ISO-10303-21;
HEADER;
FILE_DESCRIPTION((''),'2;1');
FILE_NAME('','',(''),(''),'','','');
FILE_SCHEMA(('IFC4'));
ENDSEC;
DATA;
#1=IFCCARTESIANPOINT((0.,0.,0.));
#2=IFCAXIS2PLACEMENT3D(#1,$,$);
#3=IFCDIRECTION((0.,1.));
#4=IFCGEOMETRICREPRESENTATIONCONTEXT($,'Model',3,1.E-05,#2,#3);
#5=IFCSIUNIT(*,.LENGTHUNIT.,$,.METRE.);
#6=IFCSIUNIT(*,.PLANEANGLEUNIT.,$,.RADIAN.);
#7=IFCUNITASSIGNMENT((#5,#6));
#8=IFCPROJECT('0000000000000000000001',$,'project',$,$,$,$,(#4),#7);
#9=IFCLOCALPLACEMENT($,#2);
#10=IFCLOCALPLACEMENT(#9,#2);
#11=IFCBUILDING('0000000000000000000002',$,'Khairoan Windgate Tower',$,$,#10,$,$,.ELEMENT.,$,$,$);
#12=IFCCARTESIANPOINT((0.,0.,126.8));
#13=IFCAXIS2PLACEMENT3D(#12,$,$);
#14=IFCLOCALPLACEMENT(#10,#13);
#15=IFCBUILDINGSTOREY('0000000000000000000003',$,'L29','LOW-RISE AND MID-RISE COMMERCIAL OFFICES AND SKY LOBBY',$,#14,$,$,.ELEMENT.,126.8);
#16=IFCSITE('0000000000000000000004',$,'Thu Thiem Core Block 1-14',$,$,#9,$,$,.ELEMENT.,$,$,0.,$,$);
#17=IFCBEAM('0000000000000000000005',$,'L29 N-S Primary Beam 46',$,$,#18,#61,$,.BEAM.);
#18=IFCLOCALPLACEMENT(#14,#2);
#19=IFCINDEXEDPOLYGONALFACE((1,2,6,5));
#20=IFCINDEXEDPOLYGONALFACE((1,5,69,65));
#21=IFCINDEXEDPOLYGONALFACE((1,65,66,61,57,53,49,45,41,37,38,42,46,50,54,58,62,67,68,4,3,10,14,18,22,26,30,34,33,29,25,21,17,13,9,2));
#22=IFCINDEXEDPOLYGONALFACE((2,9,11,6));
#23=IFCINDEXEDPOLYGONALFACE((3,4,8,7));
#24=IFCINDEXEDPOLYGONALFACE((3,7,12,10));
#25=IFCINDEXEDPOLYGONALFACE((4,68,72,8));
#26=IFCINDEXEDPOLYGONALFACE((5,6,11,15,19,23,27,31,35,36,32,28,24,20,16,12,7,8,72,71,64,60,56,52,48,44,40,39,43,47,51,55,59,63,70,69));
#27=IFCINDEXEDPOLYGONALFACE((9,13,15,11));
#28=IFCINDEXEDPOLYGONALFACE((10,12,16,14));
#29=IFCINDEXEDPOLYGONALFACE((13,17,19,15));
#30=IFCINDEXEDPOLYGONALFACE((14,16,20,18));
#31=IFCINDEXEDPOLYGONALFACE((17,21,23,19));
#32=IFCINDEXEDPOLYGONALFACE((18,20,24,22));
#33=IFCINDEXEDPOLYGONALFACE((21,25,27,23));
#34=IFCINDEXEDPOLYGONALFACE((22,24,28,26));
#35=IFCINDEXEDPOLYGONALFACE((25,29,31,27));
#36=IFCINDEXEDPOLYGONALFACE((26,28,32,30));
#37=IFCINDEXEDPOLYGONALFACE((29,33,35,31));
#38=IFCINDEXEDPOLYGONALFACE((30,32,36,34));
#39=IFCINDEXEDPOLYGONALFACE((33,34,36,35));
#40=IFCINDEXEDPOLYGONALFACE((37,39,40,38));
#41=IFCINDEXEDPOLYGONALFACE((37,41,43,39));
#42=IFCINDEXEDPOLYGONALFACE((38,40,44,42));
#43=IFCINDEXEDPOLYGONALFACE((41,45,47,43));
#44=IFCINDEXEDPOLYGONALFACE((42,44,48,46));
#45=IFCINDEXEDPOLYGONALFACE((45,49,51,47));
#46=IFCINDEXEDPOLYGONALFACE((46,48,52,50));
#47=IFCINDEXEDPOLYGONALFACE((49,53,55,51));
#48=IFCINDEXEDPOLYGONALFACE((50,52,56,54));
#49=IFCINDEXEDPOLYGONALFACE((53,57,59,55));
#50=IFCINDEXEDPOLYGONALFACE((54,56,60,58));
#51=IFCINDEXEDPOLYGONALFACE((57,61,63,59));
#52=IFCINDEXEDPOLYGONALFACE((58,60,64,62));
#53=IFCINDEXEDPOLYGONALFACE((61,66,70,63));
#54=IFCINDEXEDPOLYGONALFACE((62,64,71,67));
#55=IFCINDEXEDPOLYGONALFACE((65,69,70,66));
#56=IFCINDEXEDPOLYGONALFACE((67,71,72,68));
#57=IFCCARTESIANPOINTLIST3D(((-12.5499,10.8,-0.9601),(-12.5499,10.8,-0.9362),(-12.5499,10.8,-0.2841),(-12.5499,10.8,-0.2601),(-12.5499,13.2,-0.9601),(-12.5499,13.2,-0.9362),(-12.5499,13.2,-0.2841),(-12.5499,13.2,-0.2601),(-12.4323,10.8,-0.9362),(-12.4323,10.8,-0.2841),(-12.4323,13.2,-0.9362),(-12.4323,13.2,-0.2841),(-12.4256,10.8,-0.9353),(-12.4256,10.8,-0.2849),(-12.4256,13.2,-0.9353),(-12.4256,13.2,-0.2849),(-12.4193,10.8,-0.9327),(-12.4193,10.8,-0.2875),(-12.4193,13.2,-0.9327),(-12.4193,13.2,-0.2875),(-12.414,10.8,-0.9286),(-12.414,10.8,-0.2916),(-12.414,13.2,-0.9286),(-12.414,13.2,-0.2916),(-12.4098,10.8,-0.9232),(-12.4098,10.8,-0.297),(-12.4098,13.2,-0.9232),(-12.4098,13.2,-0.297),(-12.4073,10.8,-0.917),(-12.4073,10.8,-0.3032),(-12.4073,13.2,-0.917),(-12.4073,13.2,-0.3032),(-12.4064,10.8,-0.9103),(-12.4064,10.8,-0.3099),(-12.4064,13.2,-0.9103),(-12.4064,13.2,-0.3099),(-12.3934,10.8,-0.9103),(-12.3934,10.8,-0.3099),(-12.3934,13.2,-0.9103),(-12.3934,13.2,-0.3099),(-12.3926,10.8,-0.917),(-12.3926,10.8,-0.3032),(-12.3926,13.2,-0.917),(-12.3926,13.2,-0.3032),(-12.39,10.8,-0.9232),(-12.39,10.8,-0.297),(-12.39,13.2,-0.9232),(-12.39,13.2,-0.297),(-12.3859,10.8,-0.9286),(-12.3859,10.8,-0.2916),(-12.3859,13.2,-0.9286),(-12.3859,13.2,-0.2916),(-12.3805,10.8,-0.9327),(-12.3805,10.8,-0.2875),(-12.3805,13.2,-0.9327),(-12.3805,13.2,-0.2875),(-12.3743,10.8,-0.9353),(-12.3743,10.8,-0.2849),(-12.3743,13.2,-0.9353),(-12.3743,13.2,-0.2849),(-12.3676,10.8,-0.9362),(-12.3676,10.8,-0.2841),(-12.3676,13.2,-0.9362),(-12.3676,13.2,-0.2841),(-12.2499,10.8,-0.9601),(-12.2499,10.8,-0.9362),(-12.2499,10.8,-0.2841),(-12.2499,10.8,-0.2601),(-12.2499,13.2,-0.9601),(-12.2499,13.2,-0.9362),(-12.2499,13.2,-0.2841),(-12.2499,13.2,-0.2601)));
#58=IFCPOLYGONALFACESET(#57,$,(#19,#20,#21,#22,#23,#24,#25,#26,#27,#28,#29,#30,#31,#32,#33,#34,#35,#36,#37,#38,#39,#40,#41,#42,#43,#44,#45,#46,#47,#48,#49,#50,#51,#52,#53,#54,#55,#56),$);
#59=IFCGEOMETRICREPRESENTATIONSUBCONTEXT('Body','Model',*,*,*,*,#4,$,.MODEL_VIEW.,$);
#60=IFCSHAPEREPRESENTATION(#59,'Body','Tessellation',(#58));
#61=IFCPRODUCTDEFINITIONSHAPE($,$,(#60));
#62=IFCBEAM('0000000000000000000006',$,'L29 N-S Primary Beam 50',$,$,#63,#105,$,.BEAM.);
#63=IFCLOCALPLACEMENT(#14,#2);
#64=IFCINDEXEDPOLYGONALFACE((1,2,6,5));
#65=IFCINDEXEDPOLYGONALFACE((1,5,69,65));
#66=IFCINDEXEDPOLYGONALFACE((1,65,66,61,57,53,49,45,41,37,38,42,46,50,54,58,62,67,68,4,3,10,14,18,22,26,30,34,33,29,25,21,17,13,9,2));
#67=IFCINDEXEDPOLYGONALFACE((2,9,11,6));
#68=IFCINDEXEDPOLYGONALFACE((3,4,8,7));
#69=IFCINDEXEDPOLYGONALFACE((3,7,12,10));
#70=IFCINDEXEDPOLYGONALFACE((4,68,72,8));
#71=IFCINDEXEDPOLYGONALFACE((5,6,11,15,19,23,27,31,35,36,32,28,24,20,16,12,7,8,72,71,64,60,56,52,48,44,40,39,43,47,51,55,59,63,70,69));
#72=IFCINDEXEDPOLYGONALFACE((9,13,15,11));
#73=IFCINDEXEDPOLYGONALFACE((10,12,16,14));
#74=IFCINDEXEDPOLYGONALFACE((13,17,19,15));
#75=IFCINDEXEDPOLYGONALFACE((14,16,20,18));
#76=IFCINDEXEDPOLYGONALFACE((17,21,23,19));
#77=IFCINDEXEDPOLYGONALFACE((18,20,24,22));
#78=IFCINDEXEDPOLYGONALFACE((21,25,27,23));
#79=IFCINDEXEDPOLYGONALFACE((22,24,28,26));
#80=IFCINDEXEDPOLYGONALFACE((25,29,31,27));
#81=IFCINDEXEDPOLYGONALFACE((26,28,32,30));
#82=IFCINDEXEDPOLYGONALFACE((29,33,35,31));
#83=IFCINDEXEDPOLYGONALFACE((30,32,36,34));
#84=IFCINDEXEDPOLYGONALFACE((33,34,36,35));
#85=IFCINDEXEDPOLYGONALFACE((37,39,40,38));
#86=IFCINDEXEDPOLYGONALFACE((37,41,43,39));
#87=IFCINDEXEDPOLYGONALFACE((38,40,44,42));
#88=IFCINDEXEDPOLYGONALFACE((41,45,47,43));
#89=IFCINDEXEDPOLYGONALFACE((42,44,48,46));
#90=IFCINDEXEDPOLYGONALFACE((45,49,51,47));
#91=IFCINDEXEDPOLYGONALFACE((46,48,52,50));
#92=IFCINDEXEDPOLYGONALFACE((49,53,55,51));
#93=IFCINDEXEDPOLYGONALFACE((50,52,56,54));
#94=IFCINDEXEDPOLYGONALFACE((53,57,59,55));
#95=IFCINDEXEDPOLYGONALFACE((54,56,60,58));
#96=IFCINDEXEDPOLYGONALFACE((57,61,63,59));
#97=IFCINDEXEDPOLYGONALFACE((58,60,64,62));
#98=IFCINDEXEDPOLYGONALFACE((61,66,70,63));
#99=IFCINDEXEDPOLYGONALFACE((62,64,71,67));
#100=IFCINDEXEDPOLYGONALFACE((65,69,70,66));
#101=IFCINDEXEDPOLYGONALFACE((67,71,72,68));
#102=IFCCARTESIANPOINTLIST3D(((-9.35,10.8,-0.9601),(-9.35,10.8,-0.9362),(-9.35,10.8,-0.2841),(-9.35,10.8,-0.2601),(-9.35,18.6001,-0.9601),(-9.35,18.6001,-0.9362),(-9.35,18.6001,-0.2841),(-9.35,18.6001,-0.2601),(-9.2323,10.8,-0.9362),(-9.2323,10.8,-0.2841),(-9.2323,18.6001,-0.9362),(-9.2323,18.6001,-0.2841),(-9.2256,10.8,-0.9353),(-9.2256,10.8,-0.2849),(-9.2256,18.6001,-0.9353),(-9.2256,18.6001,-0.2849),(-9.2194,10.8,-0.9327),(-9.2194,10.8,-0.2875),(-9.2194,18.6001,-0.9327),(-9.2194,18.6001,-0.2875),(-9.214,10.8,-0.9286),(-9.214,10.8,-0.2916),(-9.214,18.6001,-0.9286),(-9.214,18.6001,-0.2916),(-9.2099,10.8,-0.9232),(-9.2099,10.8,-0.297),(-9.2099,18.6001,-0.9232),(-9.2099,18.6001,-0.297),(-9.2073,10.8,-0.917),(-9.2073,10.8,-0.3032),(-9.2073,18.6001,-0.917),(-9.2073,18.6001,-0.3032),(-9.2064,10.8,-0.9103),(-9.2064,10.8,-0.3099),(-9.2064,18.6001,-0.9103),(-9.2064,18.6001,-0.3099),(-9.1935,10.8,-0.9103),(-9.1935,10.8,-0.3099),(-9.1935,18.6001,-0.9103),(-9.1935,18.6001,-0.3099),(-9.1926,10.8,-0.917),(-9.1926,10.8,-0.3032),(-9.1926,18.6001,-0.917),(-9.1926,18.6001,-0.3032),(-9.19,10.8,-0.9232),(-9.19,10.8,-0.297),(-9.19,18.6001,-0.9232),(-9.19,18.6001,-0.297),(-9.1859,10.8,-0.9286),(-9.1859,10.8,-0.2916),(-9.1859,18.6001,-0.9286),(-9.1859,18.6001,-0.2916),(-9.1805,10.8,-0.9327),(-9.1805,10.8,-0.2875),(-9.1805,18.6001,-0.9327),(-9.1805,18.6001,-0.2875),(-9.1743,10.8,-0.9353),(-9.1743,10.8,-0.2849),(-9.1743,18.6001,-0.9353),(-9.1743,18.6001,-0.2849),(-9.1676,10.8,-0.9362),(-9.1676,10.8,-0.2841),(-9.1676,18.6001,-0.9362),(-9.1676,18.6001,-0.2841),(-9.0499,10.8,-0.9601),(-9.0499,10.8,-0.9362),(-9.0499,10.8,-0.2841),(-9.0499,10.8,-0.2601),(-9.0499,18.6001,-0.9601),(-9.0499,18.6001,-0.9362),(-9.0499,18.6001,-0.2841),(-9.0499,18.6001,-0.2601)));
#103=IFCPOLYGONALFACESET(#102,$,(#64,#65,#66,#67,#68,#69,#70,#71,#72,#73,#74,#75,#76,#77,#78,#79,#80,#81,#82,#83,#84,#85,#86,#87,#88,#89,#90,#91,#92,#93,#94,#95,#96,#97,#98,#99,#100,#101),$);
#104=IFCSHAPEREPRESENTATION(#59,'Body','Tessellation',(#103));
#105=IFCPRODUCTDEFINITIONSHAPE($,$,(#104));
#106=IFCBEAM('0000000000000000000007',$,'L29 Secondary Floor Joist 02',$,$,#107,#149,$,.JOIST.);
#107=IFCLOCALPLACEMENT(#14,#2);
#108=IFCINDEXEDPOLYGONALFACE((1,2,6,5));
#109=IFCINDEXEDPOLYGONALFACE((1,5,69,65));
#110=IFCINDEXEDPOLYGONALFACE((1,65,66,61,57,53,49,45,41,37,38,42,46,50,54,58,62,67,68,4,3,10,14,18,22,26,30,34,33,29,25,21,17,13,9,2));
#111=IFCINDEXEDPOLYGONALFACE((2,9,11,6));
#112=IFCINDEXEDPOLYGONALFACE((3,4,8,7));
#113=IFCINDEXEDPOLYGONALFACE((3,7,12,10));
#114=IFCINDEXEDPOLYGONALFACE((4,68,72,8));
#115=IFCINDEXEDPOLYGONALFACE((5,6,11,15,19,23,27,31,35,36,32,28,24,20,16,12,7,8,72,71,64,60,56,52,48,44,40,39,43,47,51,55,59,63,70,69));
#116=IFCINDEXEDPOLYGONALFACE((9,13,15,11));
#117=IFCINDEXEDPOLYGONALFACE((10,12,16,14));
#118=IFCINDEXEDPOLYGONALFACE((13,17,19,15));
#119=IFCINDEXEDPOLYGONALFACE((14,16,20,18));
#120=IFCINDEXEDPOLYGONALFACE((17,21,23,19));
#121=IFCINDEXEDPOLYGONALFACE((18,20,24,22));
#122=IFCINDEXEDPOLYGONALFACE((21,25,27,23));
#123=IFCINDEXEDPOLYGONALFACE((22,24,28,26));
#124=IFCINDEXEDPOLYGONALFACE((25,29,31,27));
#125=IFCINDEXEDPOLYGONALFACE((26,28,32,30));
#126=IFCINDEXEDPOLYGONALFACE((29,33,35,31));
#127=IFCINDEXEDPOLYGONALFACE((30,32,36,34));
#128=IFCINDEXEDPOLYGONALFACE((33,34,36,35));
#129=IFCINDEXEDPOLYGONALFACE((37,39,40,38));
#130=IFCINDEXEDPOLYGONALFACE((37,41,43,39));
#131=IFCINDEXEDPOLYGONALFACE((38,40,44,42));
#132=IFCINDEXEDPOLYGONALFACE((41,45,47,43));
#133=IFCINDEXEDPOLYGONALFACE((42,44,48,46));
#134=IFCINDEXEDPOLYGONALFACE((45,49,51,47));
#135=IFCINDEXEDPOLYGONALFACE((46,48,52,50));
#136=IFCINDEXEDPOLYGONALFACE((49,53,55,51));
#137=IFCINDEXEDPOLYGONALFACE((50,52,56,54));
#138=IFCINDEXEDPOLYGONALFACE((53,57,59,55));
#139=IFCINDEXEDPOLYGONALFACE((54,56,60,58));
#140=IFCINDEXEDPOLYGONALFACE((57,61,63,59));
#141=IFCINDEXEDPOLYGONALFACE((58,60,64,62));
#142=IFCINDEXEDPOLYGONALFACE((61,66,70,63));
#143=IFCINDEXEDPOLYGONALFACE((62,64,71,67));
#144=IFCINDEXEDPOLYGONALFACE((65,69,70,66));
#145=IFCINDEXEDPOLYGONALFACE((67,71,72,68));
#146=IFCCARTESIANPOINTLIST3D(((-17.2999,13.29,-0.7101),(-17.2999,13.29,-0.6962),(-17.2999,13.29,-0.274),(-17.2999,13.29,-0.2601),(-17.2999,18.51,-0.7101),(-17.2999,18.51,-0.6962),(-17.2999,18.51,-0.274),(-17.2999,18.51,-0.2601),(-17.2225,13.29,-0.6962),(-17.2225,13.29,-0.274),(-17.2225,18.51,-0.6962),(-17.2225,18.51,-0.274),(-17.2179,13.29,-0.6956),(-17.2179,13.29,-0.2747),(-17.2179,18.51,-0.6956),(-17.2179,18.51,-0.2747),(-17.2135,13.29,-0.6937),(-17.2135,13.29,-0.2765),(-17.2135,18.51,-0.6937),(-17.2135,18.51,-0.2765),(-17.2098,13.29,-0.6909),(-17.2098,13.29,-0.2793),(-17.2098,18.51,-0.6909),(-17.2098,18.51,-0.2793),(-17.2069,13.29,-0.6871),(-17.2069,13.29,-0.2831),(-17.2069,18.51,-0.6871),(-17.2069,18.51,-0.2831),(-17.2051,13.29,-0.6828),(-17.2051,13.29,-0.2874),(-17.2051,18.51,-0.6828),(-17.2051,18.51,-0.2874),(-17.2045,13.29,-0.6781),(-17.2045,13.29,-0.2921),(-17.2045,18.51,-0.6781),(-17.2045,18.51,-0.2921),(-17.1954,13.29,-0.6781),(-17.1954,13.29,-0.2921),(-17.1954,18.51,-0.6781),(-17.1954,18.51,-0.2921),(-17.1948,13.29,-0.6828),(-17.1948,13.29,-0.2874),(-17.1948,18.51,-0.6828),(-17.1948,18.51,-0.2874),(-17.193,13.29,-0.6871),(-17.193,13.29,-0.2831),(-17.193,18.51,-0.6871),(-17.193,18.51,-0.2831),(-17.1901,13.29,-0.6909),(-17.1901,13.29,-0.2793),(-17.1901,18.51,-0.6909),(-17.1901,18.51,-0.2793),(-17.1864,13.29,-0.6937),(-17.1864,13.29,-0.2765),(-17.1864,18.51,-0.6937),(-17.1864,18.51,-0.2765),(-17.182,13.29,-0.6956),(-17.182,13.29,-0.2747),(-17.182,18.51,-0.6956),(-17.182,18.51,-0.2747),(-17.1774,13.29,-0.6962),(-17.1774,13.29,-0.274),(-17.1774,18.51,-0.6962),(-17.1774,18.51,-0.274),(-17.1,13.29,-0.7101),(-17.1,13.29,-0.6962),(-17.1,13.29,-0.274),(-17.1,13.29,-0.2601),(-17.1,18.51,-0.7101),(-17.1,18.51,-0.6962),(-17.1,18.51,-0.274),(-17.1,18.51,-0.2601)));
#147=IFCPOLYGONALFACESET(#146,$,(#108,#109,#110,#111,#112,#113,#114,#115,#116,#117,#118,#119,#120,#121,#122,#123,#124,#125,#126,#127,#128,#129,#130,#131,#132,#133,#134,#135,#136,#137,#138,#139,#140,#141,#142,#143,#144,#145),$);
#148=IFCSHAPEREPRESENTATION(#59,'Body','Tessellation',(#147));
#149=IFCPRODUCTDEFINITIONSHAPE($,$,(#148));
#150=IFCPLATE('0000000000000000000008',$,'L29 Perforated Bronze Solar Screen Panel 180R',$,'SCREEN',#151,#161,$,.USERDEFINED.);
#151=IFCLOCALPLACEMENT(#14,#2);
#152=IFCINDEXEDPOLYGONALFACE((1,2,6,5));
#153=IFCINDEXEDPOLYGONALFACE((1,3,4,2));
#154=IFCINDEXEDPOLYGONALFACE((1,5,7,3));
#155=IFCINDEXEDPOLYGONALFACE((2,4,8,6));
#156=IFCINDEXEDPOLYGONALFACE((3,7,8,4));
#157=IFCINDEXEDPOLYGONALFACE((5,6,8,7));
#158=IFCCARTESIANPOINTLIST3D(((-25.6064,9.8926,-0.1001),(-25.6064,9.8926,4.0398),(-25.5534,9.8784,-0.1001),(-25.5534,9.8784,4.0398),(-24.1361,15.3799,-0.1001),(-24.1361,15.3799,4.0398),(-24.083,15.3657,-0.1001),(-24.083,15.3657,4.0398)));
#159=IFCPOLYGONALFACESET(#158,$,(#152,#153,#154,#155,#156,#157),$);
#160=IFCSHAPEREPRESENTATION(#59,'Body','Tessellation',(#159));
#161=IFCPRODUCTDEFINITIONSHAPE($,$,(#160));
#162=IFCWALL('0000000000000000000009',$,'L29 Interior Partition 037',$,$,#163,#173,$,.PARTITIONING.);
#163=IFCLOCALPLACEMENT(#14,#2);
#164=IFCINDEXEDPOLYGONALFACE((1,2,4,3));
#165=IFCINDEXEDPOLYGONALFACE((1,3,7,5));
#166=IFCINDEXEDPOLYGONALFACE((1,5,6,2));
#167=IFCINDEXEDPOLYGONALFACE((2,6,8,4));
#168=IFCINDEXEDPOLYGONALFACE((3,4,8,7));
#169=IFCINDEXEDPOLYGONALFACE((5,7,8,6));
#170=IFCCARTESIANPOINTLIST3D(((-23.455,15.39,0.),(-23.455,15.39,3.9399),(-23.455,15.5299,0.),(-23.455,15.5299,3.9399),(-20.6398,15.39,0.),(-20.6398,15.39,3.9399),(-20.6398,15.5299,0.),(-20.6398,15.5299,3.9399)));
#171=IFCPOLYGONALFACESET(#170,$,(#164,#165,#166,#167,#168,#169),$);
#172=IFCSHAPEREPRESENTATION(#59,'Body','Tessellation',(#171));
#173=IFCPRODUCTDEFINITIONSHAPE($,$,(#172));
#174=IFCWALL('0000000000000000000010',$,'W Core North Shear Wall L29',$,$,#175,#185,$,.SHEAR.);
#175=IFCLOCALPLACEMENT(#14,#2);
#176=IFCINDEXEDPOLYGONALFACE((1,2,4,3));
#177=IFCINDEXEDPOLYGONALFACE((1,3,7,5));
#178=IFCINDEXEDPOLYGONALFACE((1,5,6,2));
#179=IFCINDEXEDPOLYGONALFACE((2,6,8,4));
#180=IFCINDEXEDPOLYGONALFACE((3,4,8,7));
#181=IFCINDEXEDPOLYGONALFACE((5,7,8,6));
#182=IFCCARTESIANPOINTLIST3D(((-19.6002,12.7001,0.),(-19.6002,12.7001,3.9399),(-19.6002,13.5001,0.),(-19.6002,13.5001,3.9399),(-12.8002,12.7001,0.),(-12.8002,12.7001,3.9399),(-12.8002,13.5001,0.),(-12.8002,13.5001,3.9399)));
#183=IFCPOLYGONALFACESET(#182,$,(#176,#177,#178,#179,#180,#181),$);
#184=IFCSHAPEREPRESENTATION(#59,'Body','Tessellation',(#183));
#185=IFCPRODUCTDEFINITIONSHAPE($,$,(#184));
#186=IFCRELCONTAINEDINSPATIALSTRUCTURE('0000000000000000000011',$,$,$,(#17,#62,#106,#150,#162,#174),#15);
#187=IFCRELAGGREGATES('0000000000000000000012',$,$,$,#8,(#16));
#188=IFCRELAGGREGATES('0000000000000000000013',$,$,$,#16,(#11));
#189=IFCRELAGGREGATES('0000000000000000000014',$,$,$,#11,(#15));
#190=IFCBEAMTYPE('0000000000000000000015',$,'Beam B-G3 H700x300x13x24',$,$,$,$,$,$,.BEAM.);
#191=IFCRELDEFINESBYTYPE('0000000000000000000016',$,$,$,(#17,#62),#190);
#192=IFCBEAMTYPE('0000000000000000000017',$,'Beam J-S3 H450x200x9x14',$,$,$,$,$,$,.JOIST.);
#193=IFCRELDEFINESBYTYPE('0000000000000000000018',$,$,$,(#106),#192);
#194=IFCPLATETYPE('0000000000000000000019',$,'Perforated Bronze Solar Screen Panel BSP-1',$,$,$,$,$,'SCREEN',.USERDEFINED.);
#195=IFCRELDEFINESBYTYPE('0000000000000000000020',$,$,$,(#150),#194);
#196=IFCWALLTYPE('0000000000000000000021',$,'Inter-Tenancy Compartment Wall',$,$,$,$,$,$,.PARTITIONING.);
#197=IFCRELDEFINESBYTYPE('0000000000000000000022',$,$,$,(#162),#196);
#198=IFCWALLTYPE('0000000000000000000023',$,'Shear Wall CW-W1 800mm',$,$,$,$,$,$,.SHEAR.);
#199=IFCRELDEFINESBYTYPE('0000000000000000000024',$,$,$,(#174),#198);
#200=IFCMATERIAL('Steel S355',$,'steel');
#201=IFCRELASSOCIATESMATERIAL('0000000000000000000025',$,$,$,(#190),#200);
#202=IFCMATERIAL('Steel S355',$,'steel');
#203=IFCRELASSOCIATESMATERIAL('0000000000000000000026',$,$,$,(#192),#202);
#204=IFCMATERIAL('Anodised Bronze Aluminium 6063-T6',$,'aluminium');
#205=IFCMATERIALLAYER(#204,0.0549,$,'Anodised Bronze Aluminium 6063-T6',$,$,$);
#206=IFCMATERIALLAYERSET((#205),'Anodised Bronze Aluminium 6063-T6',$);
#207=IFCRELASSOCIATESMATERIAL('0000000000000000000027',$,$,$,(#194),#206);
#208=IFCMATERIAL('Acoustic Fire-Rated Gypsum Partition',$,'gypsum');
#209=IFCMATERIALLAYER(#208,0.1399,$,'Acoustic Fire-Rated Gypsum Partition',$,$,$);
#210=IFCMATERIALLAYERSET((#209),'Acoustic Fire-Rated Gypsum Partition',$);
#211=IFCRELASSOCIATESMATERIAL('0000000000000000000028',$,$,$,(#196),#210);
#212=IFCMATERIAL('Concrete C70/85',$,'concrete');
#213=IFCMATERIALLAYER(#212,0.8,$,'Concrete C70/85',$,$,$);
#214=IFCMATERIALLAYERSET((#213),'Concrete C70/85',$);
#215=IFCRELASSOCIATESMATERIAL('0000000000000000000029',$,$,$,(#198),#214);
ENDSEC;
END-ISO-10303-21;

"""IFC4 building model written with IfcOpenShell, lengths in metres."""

from ifc_helpers import new_model, si_unit, direction, frame, frame_2d, origin, origin_2d, place, context, subcontext, project, spatial, rectangle, i_section, extrude, material, layer, layer_set, material_profile, profile_set, type_object, element, save


model = new_model("IFC4")

# Units and contexts
model_context = context("Model", 3, precision=1e-05, world=origin(), true_north=direction((0.0, 1.0)))
body_context = subcontext(model_context, "Body", "Model", "MODEL_VIEW")
ifc_project = project(units=[si_unit("LENGTHUNIT", "METRE"), si_unit("PLANEANGLEUNIT", "RADIAN")], contexts=[model_context])

# Site, building, storey
site_placement = place(None, origin())
site = spatial("IfcSite", under=ifc_project, at=site_placement, Name="Thu Thiem Core Block 1-14", CompositionType="ELEMENT", RefElevation=0.0)
building_placement = place(site_placement, origin())
building = spatial("IfcBuilding", under=site, at=building_placement, Name="Khairoan Windgate Tower", CompositionType="ELEMENT")
storey_placement = place(building_placement, frame((0.0, 0.0, 126.8)))
storey = spatial("IfcBuildingStorey", under=building, at=storey_placement, Name="L29", Description="LOW-RISE AND MID-RISE COMMERCIAL OFFICES AND SKY LOBBY", CompositionType="ELEMENT", Elevation=126.8)

# Beams
ifc_material_1 = material(Name="Steel S355", Category="steel")
ifc_material_profile_1 = material_profile(ifc_material_1, i_section(OverallWidth=0.3, OverallDepth=0.7, WebThickness=0.0129, FlangeThickness=0.0239, FilletRadius=0.0259, at=origin_2d()))
ifc_profile_set_1 = profile_set([ifc_material_profile_1], Name="Steel S355")
beam_type_1 = type_object("IfcBeamType", Name="Beam B-G3 H700x300x13x24", PredefinedType="BEAM", material=ifc_profile_set_1)
beam_1_placement = place(storey_placement, frame((-12.3999, 10.8, -0.6101), z_axis=(0.0, 1.0, 0.0), x_axis=(-1.0, 0.0, 0.0)))
element("IfcBeam", 1, at=beam_1_placement, inside=storey, type_object=beam_type_1, Name="L29 N-S Primary Beam 46", PredefinedType="BEAM", context=body_context, shape_type="SweptSolid", body=[
    extrude(i_section(OverallWidth=0.3, OverallDepth=0.7, WebThickness=0.0129, FlangeThickness=0.0239, FilletRadius=0.0259, at=origin_2d()), origin(), (0.0, 0.0, 1.0), 2.3999),
])
beam_2_placement = place(storey_placement, frame((-9.2, 10.8, -0.6101), z_axis=(0.0, 1.0, 0.0), x_axis=(-1.0, 0.0, 0.0)))
element("IfcBeam", 2, at=beam_2_placement, inside=storey, type_object=beam_type_1, Name="L29 N-S Primary Beam 50", PredefinedType="BEAM", context=body_context, shape_type="SweptSolid", body=[
    extrude(i_section(OverallWidth=0.3, OverallDepth=0.7, WebThickness=0.0129, FlangeThickness=0.0239, FilletRadius=0.0259, at=origin_2d()), origin(), (0.0, 0.0, 1.0), 7.8),
])
ifc_material_2 = material(Name="Steel S355", Category="steel")
ifc_material_profile_2 = material_profile(ifc_material_2, i_section(OverallWidth=0.2, OverallDepth=0.45, WebThickness=0.009, FlangeThickness=0.0139, FilletRadius=0.0181, at=origin_2d()))
ifc_profile_set_2 = profile_set([ifc_material_profile_2], Name="Steel S355")
beam_type_2 = type_object("IfcBeamType", Name="Beam J-S3 H450x200x9x14", PredefinedType="JOIST", material=ifc_profile_set_2)
beam_3_placement = place(storey_placement, frame((-17.2, 13.29, -0.4851), z_axis=(0.0, 1.0, 0.0), x_axis=(-1.0, 0.0, 0.0)))
element("IfcBeam", 3, at=beam_3_placement, inside=storey, type_object=beam_type_2, Name="L29 Secondary Floor Joist 02", PredefinedType="JOIST", context=body_context, shape_type="SweptSolid", body=[
    extrude(i_section(OverallWidth=0.2, OverallDepth=0.45, WebThickness=0.009, FlangeThickness=0.0139, FilletRadius=0.0181, at=origin_2d()), origin(), (0.0, 0.0, 1.0), 5.22),
])

# Plate
ifc_material_3 = material(Name="Anodised Bronze Aluminium 6063-T6", Category="aluminium")
ifc_layer_1 = layer(ifc_material_3, 0.0549, Name="Anodised Bronze Aluminium 6063-T6")
ifc_layer_set_1 = layer_set([ifc_layer_1], Name="Anodised Bronze Aluminium 6063-T6")
plate_type = type_object("IfcPlateType", Name="Perforated Bronze Solar Screen Panel BSP-1", ElementType="SCREEN", PredefinedType="USERDEFINED", material=ifc_layer_set_1)
plate_placement = place(storey_placement, frame((-24.8447, 12.6292, -0.1001), z_axis=(0.0, 0.0, 1.0), x_axis=(0.258819, 0.965926, 0.0)))
element("IfcPlate", 4, at=plate_placement, inside=storey, type_object=plate_type, Name="L29 Perforated Bronze Solar Screen Panel 180R", ObjectType="SCREEN", PredefinedType="USERDEFINED", context=body_context, shape_type="SweptSolid", body=[
    extrude(rectangle(XDim=5.6809, YDim=0.0549, at=origin_2d()), origin(), (0.0, 0.0, 1.0), 4.1399),
])

# Wall
ifc_material_4 = material(Name="Acoustic Fire-Rated Gypsum Partition", Category="gypsum")
ifc_layer_2 = layer(ifc_material_4, 0.1399, Name="Acoustic Fire-Rated Gypsum Partition")
ifc_layer_set_2 = layer_set([ifc_layer_2], Name="Acoustic Fire-Rated Gypsum Partition")
wall_type_1 = type_object("IfcWallType", Name="Inter-Tenancy Compartment Wall", PredefinedType="PARTITIONING", material=ifc_layer_set_2)
wall_1_placement = place(storey_placement, frame((-23.4551, 15.46, 0.0), z_axis=(0.0, 0.0, 1.0), x_axis=(1.0, 0.0, 0.0)))
element("IfcWall", 5, at=wall_1_placement, inside=storey, type_object=wall_type_1, Name="L29 Interior Partition 037", PredefinedType="PARTITIONING", context=body_context, shape_type="SweptSolid", body=[
    extrude(rectangle(XDim=2.8152, YDim=0.1399, at=frame_2d((1.4077, 0.0))), origin(), (0.0, 0.0, 1.0), 3.9399),
])

# Wall
ifc_material_5 = material(Name="Concrete C70/85", Category="concrete")
ifc_layer_3 = layer(ifc_material_5, 0.8, Name="Concrete C70/85")
ifc_layer_set_3 = layer_set([ifc_layer_3], Name="Concrete C70/85")
wall_type_2 = type_object("IfcWallType", Name="Shear Wall CW-W1 800mm", PredefinedType="SHEAR", material=ifc_layer_set_3)
wall_2_placement = place(storey_placement, frame((-19.6001, 13.1001, 0.0), z_axis=(0.0, 0.0, 1.0), x_axis=(1.0, 0.0, 0.0)))
element("IfcWall", 6, at=wall_2_placement, inside=storey, type_object=wall_type_2, Name="W Core North Shear Wall L29", PredefinedType="SHEAR", context=body_context, shape_type="SweptSolid", body=[
    extrude(rectangle(XDim=6.8, YDim=0.8, at=frame_2d((3.3999, 0.0))), origin(), (0.0, 0.0, 1.0), 3.9399),
])

save(model, "model.ifc")
